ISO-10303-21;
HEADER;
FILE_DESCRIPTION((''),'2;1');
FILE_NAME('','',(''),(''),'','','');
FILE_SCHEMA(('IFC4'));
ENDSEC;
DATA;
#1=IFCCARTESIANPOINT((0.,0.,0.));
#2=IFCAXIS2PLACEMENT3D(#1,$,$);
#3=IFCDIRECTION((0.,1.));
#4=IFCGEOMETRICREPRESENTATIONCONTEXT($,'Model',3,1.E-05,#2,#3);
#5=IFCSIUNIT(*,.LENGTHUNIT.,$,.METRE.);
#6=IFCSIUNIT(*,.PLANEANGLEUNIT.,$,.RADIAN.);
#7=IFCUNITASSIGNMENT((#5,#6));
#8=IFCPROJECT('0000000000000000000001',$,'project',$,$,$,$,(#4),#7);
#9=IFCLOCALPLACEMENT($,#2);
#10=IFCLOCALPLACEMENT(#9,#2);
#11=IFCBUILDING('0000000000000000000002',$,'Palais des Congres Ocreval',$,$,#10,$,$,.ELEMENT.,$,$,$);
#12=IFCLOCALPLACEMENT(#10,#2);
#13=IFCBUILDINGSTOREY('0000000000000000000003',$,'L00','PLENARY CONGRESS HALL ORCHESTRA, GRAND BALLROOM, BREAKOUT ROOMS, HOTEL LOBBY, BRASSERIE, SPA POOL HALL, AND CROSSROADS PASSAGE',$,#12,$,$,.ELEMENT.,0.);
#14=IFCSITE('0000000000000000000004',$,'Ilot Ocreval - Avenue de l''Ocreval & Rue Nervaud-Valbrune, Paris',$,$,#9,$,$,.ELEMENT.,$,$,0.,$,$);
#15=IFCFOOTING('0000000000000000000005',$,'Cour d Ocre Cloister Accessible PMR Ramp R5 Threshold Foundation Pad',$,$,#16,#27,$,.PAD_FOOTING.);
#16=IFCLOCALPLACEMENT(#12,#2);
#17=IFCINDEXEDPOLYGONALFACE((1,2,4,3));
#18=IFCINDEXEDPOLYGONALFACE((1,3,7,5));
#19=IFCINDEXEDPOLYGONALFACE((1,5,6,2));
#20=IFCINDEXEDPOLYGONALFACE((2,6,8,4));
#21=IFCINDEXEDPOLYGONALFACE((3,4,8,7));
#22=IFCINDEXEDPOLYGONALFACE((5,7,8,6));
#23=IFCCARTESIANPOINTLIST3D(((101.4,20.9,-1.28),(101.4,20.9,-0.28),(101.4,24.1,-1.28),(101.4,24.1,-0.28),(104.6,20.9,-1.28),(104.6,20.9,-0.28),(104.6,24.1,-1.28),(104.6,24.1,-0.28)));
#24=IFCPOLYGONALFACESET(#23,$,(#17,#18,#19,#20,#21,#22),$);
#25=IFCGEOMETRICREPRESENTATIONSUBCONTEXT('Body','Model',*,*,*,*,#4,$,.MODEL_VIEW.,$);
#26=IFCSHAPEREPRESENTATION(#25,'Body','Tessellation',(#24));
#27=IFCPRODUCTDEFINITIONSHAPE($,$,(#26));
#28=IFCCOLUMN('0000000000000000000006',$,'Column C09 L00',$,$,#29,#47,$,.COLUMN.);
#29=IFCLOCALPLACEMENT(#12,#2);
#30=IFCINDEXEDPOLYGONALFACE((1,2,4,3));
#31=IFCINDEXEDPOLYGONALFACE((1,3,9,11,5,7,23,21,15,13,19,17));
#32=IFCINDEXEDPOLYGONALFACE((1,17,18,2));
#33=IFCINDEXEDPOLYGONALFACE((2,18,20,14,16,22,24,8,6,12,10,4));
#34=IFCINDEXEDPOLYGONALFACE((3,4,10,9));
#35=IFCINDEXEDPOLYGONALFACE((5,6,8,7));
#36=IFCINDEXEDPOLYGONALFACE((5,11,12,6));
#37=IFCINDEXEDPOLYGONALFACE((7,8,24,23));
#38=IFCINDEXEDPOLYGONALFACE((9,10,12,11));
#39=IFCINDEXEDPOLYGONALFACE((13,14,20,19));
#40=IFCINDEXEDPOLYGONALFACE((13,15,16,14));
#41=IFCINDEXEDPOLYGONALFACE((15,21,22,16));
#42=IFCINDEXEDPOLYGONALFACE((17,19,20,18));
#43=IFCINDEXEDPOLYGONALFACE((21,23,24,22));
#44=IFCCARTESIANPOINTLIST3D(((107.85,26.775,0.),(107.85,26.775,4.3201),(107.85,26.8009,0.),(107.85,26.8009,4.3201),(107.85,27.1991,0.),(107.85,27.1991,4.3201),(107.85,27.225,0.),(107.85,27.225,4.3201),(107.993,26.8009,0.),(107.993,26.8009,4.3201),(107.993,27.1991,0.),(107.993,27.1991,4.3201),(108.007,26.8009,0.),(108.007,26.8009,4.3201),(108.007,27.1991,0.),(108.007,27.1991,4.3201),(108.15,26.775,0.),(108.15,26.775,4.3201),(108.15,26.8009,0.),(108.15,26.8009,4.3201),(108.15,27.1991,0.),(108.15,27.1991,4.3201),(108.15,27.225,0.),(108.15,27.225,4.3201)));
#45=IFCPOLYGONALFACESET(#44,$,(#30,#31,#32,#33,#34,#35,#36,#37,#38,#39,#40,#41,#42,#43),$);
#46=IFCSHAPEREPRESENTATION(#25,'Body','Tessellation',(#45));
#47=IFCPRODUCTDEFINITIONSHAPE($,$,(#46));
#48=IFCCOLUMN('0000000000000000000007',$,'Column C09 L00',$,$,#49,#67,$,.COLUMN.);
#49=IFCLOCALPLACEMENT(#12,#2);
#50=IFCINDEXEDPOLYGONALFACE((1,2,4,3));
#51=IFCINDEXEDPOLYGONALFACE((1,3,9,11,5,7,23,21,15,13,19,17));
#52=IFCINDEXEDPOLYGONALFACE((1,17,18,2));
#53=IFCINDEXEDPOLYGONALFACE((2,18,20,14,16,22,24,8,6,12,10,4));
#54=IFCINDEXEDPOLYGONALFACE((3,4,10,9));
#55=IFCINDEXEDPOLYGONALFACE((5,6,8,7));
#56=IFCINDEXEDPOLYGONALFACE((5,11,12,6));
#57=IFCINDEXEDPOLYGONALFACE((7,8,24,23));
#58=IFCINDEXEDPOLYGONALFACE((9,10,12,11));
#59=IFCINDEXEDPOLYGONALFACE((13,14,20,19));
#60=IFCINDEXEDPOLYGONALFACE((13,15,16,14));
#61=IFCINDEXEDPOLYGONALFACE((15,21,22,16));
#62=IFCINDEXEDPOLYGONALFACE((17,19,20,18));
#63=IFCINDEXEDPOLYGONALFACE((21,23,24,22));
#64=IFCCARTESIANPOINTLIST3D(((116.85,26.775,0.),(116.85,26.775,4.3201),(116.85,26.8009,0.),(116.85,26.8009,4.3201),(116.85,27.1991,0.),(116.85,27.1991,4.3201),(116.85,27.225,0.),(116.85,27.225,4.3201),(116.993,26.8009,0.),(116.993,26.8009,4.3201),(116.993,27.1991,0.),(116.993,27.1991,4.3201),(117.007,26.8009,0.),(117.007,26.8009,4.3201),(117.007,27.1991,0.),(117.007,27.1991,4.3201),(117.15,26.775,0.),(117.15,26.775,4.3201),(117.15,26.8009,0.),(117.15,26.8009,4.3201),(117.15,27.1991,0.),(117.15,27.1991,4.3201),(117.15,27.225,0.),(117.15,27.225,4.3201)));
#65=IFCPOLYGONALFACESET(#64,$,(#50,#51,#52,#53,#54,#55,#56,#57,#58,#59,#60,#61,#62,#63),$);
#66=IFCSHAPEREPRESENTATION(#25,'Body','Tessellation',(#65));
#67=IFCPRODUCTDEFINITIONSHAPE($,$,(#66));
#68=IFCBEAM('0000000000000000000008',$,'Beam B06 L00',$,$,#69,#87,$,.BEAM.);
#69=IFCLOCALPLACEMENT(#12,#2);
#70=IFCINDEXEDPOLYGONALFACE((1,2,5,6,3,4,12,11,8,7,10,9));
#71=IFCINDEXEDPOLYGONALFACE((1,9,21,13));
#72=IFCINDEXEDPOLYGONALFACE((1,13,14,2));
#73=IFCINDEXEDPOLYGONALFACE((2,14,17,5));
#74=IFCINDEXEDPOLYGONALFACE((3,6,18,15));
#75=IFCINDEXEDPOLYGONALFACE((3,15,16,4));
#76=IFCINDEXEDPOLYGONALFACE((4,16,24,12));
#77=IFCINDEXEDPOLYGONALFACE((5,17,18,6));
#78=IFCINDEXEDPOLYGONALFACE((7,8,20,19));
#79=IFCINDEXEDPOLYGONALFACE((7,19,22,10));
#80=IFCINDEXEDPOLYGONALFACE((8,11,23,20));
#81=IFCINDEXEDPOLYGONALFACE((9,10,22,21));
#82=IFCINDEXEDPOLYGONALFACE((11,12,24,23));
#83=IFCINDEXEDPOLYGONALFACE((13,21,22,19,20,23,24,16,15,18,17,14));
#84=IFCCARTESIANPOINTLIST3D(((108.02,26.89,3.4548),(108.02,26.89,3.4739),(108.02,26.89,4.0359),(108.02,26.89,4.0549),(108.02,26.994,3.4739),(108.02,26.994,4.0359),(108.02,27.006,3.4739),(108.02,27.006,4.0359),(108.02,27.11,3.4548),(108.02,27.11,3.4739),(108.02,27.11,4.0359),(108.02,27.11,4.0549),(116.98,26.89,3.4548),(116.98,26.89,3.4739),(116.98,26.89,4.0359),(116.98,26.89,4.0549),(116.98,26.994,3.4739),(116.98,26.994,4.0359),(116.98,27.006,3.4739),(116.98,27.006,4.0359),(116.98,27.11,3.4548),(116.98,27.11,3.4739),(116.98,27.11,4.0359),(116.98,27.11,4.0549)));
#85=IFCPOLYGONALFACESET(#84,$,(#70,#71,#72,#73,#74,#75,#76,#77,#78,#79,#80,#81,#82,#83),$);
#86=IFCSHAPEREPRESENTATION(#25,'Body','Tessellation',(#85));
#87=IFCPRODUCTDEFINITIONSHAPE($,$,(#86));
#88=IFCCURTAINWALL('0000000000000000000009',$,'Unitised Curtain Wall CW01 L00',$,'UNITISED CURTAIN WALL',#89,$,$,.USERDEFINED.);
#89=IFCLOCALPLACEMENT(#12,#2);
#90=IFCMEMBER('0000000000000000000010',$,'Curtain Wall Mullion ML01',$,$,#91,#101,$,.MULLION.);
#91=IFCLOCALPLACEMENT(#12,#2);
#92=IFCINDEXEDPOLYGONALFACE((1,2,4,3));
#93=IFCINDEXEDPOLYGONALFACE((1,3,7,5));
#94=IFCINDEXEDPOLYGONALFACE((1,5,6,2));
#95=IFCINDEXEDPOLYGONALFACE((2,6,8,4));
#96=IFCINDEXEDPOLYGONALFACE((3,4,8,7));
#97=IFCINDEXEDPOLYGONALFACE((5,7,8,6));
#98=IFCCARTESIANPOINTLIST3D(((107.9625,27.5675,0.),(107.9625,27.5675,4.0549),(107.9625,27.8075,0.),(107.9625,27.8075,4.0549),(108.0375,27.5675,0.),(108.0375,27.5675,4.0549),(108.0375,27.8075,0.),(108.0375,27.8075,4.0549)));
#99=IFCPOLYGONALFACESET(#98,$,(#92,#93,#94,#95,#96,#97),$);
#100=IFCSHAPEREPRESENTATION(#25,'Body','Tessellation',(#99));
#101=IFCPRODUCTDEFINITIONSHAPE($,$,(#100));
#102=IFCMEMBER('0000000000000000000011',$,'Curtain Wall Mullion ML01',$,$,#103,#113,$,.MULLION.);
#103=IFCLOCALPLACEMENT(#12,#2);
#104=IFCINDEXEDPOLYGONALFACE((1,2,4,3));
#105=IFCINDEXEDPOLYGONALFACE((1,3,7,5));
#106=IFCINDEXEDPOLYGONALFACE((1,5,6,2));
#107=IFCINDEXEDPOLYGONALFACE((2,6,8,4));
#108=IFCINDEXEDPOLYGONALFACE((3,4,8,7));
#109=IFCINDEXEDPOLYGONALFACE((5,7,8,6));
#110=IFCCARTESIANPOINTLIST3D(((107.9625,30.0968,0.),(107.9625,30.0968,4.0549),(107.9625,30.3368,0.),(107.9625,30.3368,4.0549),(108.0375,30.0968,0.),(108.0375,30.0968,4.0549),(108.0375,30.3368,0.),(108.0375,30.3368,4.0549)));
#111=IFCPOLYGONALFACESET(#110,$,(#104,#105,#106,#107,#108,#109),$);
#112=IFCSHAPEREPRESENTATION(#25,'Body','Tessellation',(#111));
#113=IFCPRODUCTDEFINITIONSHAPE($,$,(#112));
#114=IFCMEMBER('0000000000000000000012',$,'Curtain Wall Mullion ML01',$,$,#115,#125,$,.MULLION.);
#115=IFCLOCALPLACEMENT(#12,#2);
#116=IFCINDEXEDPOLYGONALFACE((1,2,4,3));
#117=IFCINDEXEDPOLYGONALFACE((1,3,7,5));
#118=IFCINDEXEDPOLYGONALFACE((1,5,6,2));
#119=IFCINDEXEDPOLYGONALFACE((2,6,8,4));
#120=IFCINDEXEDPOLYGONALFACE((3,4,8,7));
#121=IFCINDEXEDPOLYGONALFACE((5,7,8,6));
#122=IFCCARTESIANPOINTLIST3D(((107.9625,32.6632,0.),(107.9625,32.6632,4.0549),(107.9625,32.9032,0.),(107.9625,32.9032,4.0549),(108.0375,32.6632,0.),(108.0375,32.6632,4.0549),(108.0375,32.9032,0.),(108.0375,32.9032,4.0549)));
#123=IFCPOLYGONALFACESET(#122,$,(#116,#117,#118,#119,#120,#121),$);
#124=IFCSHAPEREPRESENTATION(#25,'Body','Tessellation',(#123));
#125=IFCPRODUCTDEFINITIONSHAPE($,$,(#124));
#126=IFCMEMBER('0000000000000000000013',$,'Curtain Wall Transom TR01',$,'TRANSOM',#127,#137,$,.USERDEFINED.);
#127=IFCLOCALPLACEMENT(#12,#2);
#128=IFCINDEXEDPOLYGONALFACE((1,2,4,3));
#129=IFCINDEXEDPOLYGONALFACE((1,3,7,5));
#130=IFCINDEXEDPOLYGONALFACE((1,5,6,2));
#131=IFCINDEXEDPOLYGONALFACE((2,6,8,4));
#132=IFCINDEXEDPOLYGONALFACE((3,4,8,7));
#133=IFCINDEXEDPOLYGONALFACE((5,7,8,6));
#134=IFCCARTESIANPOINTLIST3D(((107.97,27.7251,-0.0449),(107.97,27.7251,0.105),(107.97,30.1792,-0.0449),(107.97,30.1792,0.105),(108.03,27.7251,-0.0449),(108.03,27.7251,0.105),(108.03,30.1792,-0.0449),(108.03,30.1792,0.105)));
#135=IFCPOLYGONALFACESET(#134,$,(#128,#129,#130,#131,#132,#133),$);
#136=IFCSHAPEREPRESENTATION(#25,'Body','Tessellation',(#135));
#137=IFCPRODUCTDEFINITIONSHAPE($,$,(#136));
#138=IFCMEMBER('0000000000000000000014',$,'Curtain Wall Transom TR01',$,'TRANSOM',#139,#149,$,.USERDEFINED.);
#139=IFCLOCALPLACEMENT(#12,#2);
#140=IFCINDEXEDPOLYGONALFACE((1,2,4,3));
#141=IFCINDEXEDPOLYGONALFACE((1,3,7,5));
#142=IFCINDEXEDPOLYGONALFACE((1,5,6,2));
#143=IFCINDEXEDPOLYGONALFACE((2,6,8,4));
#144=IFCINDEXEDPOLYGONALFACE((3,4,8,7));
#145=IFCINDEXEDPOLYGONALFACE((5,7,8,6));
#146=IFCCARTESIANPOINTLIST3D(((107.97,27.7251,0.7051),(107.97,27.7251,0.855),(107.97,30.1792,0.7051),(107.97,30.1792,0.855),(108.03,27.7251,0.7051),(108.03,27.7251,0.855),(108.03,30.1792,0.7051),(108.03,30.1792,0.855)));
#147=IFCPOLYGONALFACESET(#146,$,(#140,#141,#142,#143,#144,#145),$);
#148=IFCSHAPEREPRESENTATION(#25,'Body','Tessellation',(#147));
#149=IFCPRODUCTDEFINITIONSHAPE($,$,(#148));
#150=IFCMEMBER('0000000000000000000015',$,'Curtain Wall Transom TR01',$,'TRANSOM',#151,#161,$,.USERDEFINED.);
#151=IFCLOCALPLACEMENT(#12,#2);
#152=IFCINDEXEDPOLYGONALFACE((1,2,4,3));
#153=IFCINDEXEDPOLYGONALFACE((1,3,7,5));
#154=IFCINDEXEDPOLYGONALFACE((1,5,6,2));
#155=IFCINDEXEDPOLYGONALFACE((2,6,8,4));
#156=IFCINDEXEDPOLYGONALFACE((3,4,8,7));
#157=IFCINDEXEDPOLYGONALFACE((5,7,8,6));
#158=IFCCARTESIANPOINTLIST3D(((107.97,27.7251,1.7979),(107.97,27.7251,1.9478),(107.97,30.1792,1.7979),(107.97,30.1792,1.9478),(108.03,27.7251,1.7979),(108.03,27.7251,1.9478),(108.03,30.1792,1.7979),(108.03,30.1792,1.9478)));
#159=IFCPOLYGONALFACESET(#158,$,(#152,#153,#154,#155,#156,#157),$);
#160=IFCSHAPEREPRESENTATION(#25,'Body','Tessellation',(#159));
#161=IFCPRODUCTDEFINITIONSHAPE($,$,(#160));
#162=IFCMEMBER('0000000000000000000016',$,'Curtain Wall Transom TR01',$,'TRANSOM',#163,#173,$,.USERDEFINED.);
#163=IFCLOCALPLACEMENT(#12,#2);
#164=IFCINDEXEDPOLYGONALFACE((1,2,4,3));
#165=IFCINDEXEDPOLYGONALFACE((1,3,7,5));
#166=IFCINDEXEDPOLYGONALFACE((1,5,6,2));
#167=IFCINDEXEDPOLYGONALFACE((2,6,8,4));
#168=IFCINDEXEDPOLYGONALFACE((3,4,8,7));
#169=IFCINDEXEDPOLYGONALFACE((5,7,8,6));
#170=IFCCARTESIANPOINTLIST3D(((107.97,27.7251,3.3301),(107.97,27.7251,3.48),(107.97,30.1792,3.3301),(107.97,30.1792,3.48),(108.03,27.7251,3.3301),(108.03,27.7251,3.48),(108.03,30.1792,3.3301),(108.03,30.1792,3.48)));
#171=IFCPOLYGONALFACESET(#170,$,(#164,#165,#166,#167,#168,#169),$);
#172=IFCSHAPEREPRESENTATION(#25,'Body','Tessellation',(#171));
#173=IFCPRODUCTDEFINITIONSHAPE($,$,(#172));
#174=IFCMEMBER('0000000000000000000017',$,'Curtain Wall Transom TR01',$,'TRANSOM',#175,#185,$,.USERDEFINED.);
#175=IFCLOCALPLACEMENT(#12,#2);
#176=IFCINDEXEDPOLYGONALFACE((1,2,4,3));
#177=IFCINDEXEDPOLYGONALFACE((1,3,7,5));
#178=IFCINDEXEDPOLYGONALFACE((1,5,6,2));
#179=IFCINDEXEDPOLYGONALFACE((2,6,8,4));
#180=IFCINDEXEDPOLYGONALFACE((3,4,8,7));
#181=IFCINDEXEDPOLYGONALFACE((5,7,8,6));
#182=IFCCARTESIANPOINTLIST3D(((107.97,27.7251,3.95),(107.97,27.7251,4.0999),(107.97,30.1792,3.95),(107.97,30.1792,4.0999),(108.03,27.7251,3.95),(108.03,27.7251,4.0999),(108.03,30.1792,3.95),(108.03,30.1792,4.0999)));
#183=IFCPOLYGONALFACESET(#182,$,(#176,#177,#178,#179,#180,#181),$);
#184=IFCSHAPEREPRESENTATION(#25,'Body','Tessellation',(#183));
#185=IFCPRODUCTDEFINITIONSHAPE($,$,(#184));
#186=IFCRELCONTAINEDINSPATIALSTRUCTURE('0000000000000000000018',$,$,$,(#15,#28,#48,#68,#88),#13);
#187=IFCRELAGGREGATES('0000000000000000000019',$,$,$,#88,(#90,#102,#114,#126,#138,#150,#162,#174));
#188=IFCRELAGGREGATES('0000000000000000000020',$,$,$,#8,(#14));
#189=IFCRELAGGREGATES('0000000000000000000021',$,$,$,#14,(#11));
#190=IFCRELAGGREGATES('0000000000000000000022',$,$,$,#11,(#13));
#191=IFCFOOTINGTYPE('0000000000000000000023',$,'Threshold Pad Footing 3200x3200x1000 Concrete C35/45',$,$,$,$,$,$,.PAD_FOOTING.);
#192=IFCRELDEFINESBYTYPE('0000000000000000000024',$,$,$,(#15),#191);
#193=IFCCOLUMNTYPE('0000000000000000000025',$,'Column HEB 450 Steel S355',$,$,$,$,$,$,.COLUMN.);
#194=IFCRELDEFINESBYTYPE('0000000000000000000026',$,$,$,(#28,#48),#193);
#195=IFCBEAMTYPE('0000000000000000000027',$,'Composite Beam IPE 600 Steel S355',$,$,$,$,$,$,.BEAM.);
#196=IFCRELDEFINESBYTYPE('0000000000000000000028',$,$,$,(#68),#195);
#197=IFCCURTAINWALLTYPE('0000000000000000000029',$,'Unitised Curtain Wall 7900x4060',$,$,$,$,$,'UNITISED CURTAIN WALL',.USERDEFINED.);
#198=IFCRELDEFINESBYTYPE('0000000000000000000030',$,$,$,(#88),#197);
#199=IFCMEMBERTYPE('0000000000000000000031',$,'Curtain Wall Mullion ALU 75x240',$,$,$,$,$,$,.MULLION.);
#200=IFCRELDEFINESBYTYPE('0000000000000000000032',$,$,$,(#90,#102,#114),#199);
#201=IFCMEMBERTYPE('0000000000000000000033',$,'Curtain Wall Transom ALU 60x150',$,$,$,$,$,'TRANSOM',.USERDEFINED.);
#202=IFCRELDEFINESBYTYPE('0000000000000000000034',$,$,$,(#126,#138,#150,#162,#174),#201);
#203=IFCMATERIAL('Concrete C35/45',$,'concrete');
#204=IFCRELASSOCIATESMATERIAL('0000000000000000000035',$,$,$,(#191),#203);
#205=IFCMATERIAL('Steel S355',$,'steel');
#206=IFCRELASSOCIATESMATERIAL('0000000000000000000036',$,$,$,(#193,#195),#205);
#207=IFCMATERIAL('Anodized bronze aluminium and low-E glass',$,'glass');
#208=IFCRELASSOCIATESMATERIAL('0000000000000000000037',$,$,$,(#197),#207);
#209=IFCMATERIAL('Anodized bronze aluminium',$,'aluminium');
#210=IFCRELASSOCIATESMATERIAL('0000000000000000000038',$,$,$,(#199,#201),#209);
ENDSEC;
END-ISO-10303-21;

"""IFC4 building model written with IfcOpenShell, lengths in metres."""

from ifc_helpers import new_model, si_unit, direction, frame, origin, origin_2d, place, context, subcontext, project, spatial, rectangle, i_section, extrude, material, material_profile, profile_set, type_object, element, aggregate, save


model = new_model("IFC4")

# Units and contexts
model_context = context("Model", 3, precision=1e-05, world=origin(), true_north=direction((0.0, 1.0)))
body_context = subcontext(model_context, "Body", "Model", "MODEL_VIEW")
ifc_project = project(units=[si_unit("LENGTHUNIT", "METRE"), si_unit("PLANEANGLEUNIT", "RADIAN")], contexts=[model_context])

# Site, building, storey
site_placement = place(None, origin())
site = spatial("IfcSite", under=ifc_project, at=site_placement, Name="Ilot Ocreval - Avenue de l'Ocreval & Rue Nervaud-Valbrune, Paris", CompositionType="ELEMENT", RefElevation=0.0)
building_placement = place(site_placement, origin())
building = spatial("IfcBuilding", under=site, at=building_placement, Name="Palais des Congres Ocreval", CompositionType="ELEMENT")
storey_placement = place(building_placement, origin())
storey = spatial("IfcBuildingStorey", under=building, at=storey_placement, Name="L00", Description="PLENARY CONGRESS HALL ORCHESTRA, GRAND BALLROOM, BREAKOUT ROOMS, HOTEL LOBBY, BRASSERIE, SPA POOL HALL, AND CROSSROADS PASSAGE", CompositionType="ELEMENT", Elevation=0.0)

# Footing
ifc_material_1 = material(Name="Concrete C35/45", Category="concrete")
footing_type = type_object("IfcFootingType", Name="Threshold Pad Footing 3200x3200x1000 Concrete C35/45", PredefinedType="PAD_FOOTING", material=ifc_material_1)
footing_placement = place(storey_placement, frame((103.0, 22.5, -1.28), z_axis=(0.0, 0.0, 1.0), x_axis=(1.0, 0.0, 0.0)))
element("IfcFooting", 1, at=footing_placement, inside=storey, type_object=footing_type, Name="Cour d Ocre Cloister Accessible PMR Ramp R5 Threshold Foundation Pad", PredefinedType="PAD_FOOTING", context=body_context, shape_type="SweptSolid", body=[
    extrude(rectangle(XDim=3.2, YDim=3.2, at=origin_2d()), origin(), (0.0, 0.0, 1.0), 1.0),
])

# Columns
ifc_material_2 = material(Name="Steel S355", Category="steel")
ifc_material_profile_1 = material_profile(ifc_material_2, i_section(OverallWidth=0.3, OverallDepth=0.45, WebThickness=0.0139, FlangeThickness=0.0259, at=origin_2d()), Name="HEB 450")
ifc_profile_set_1 = profile_set([ifc_material_profile_1], Name="Steel S355")
column_type = type_object("IfcColumnType", Name="Column HEB 450 Steel S355", PredefinedType="COLUMN", material=ifc_profile_set_1)
for number, where, z_axis, x_axis, name in (
    (2, (108.0, 27.0, 0.0), (0.0, 0.0, 1.0), (1.0, 0.0, 0.0), "Column C09 L00"),
    (3, (117.0, 27.0, 0.0), (0.0, 0.0, 1.0), (1.0, 0.0, 0.0), "Column C09 L00"),
):
    element("IfcColumn", number, at=place(storey_placement, frame(where, z_axis=z_axis, x_axis=x_axis)), inside=storey, type_object=column_type, Name=name, PredefinedType="COLUMN", context=body_context, shape_type="SweptSolid", body=[
        extrude(i_section(OverallWidth=0.3, OverallDepth=0.45, WebThickness=0.0139, FlangeThickness=0.0259, at=origin_2d()), origin(), (0.0, 0.0, 1.0), 4.3201),
    ])

# Beam
ifc_material_profile_2 = material_profile(ifc_material_2, i_section(OverallWidth=0.22, OverallDepth=0.6001, WebThickness=0.012, FlangeThickness=0.019, at=origin_2d()), Name="IPE 600")
ifc_profile_set_2 = profile_set([ifc_material_profile_2], Name="Steel S355")
beam_type_1 = type_object("IfcBeamType", Name="Composite Beam IPE 600 Steel S355", PredefinedType="BEAM", material=ifc_profile_set_2)
beam_1_placement = place(storey_placement, frame((108.02, 27.0, 3.7549), z_axis=(1.0, 0.0, 0.0), x_axis=(0.0, 1.0, 0.0)))
element("IfcBeam", 4, at=beam_1_placement, inside=storey, type_object=beam_type_1, Name="Beam B06 L00", PredefinedType="BEAM", context=body_context, shape_type="SweptSolid", body=[
    extrude(i_section(OverallWidth=0.22, OverallDepth=0.6001, WebThickness=0.012, FlangeThickness=0.019, at=origin_2d()), origin(), (0.0, 0.0, 1.0), 8.96),
])

# Curtain wall, members
ifc_material_3 = material(Name="Anodized bronze aluminium and low-E glass", Category="glass")
curtain_wall_type = type_object("IfcCurtainWallType", Name="Unitised Curtain Wall 7900x4060", ElementType="UNITISED CURTAIN WALL", PredefinedType="USERDEFINED", material=ifc_material_3)
curtain_wall_placement = place(storey_placement, origin())
curtain_wall = element("IfcCurtainWall", 5, at=curtain_wall_placement, inside=storey, type_object=curtain_wall_type, Name="Unitised Curtain Wall CW01 L00", ObjectType="UNITISED CURTAIN WALL", PredefinedType="USERDEFINED")
ifc_material_4 = material(Name="Anodized bronze aluminium", Category="aluminium")
ifc_material_profile_3 = material_profile(ifc_material_4, rectangle(XDim=0.075, YDim=0.24, at=origin_2d()), Name="ALU 75x240")
ifc_profile_set_3 = profile_set([ifc_material_profile_3], Name="Anodized bronze aluminium")
member_type_1 = type_object("IfcMemberType", Name="Curtain Wall Mullion ALU 75x240", PredefinedType="MULLION", material=ifc_profile_set_3)
member_1_placement = place(storey_placement, frame((108.0, 27.6875, 0.0), z_axis=(0.0, 0.0, 1.0), x_axis=(-1.0, 0.0, 0.0)))
member_1 = element("IfcMember", 6, at=member_1_placement, type_object=member_type_1, Name="Curtain Wall Mullion ML01", PredefinedType="MULLION", context=body_context, shape_type="SweptSolid", body=[
    extrude(rectangle(XDim=0.075, YDim=0.24, at=origin_2d()), origin(), (0.0, 0.0, 1.0), 4.0549),
])
member_2_placement = place(storey_placement, frame((108.0, 30.2168, 0.0), z_axis=(0.0, 0.0, 1.0), x_axis=(-1.0, 0.0, 0.0)))
member_2 = element("IfcMember", 7, at=member_2_placement, type_object=member_type_1, Name="Curtain Wall Mullion ML01", PredefinedType="MULLION", context=body_context, shape_type="SweptSolid", body=[
    extrude(rectangle(XDim=0.075, YDim=0.24, at=origin_2d()), origin(), (0.0, 0.0, 1.0), 4.0549),
])
member_3_placement = place(storey_placement, frame((108.0, 32.7832, 0.0), z_axis=(0.0, 0.0, 1.0), x_axis=(-1.0, 0.0, 0.0)))
member_3 = element("IfcMember", 8, at=member_3_placement, type_object=member_type_1, Name="Curtain Wall Mullion ML01", PredefinedType="MULLION", context=body_context, shape_type="SweptSolid", body=[
    extrude(rectangle(XDim=0.075, YDim=0.24, at=origin_2d()), origin(), (0.0, 0.0, 1.0), 4.0549),
])
ifc_material_profile_4 = material_profile(ifc_material_4, rectangle(XDim=0.0601, YDim=0.1499, at=origin_2d()), Name="ALU 60x150")
ifc_profile_set_4 = profile_set([ifc_material_profile_4], Name="Anodized bronze aluminium")
member_type_2 = type_object("IfcMemberType", Name="Curtain Wall Transom ALU 60x150", ElementType="TRANSOM", PredefinedType="USERDEFINED", material=ifc_profile_set_4)
member_4_placement = place(storey_placement, frame((108.0, 27.7251, 0.03), z_axis=(0.0, 1.0, 0.0), x_axis=(-1.0, 0.0, 0.0)))
member_4 = element("IfcMember", 9, at=member_4_placement, type_object=member_type_2, Name="Curtain Wall Transom TR01", ObjectType="TRANSOM", PredefinedType="USERDEFINED", context=body_context, shape_type="SweptSolid", body=[
    extrude(rectangle(XDim=0.0601, YDim=0.1499, at=origin_2d()), origin(), (0.0, 0.0, 1.0), 2.4541),
])
member_5_placement = place(storey_placement, frame((108.0, 27.7251, 0.78), z_axis=(0.0, 1.0, 0.0), x_axis=(-1.0, 0.0, 0.0)))
member_5 = element("IfcMember", 10, at=member_5_placement, type_object=member_type_2, Name="Curtain Wall Transom TR01", ObjectType="TRANSOM", PredefinedType="USERDEFINED", context=body_context, shape_type="SweptSolid", body=[
    extrude(rectangle(XDim=0.0601, YDim=0.1499, at=origin_2d()), origin(), (0.0, 0.0, 1.0), 2.4541),
])
member_6_placement = place(storey_placement, frame((108.0, 27.7251, 1.8728), z_axis=(0.0, 1.0, 0.0), x_axis=(-1.0, 0.0, 0.0)))
member_6 = element("IfcMember", 11, at=member_6_placement, type_object=member_type_2, Name="Curtain Wall Transom TR01", ObjectType="TRANSOM", PredefinedType="USERDEFINED", context=body_context, shape_type="SweptSolid", body=[
    extrude(rectangle(XDim=0.0601, YDim=0.1499, at=origin_2d()), origin(), (0.0, 0.0, 1.0), 2.4541),
])
member_7_placement = place(storey_placement, frame((108.0, 27.7251, 3.405), z_axis=(0.0, 1.0, 0.0), x_axis=(-1.0, 0.0, 0.0)))
member_7 = element("IfcMember", 12, at=member_7_placement, type_object=member_type_2, Name="Curtain Wall Transom TR01", ObjectType="TRANSOM", PredefinedType="USERDEFINED", context=body_context, shape_type="SweptSolid", body=[
    extrude(rectangle(XDim=0.0601, YDim=0.1499, at=origin_2d()), origin(), (0.0, 0.0, 1.0), 2.4541),
])
member_8_placement = place(storey_placement, frame((108.0, 27.7251, 4.0249), z_axis=(0.0, 1.0, 0.0), x_axis=(-1.0, 0.0, 0.0)))
member_8 = element("IfcMember", 13, at=member_8_placement, type_object=member_type_2, Name="Curtain Wall Transom TR01", ObjectType="TRANSOM", PredefinedType="USERDEFINED", context=body_context, shape_type="SweptSolid", body=[
    extrude(rectangle(XDim=0.0601, YDim=0.1499, at=origin_2d()), origin(), (0.0, 0.0, 1.0), 2.4541),
])

aggregate(curtain_wall, [member_1, member_2, member_3, member_4, member_5, member_6, member_7, member_8])

save(model, "model.ifc")
